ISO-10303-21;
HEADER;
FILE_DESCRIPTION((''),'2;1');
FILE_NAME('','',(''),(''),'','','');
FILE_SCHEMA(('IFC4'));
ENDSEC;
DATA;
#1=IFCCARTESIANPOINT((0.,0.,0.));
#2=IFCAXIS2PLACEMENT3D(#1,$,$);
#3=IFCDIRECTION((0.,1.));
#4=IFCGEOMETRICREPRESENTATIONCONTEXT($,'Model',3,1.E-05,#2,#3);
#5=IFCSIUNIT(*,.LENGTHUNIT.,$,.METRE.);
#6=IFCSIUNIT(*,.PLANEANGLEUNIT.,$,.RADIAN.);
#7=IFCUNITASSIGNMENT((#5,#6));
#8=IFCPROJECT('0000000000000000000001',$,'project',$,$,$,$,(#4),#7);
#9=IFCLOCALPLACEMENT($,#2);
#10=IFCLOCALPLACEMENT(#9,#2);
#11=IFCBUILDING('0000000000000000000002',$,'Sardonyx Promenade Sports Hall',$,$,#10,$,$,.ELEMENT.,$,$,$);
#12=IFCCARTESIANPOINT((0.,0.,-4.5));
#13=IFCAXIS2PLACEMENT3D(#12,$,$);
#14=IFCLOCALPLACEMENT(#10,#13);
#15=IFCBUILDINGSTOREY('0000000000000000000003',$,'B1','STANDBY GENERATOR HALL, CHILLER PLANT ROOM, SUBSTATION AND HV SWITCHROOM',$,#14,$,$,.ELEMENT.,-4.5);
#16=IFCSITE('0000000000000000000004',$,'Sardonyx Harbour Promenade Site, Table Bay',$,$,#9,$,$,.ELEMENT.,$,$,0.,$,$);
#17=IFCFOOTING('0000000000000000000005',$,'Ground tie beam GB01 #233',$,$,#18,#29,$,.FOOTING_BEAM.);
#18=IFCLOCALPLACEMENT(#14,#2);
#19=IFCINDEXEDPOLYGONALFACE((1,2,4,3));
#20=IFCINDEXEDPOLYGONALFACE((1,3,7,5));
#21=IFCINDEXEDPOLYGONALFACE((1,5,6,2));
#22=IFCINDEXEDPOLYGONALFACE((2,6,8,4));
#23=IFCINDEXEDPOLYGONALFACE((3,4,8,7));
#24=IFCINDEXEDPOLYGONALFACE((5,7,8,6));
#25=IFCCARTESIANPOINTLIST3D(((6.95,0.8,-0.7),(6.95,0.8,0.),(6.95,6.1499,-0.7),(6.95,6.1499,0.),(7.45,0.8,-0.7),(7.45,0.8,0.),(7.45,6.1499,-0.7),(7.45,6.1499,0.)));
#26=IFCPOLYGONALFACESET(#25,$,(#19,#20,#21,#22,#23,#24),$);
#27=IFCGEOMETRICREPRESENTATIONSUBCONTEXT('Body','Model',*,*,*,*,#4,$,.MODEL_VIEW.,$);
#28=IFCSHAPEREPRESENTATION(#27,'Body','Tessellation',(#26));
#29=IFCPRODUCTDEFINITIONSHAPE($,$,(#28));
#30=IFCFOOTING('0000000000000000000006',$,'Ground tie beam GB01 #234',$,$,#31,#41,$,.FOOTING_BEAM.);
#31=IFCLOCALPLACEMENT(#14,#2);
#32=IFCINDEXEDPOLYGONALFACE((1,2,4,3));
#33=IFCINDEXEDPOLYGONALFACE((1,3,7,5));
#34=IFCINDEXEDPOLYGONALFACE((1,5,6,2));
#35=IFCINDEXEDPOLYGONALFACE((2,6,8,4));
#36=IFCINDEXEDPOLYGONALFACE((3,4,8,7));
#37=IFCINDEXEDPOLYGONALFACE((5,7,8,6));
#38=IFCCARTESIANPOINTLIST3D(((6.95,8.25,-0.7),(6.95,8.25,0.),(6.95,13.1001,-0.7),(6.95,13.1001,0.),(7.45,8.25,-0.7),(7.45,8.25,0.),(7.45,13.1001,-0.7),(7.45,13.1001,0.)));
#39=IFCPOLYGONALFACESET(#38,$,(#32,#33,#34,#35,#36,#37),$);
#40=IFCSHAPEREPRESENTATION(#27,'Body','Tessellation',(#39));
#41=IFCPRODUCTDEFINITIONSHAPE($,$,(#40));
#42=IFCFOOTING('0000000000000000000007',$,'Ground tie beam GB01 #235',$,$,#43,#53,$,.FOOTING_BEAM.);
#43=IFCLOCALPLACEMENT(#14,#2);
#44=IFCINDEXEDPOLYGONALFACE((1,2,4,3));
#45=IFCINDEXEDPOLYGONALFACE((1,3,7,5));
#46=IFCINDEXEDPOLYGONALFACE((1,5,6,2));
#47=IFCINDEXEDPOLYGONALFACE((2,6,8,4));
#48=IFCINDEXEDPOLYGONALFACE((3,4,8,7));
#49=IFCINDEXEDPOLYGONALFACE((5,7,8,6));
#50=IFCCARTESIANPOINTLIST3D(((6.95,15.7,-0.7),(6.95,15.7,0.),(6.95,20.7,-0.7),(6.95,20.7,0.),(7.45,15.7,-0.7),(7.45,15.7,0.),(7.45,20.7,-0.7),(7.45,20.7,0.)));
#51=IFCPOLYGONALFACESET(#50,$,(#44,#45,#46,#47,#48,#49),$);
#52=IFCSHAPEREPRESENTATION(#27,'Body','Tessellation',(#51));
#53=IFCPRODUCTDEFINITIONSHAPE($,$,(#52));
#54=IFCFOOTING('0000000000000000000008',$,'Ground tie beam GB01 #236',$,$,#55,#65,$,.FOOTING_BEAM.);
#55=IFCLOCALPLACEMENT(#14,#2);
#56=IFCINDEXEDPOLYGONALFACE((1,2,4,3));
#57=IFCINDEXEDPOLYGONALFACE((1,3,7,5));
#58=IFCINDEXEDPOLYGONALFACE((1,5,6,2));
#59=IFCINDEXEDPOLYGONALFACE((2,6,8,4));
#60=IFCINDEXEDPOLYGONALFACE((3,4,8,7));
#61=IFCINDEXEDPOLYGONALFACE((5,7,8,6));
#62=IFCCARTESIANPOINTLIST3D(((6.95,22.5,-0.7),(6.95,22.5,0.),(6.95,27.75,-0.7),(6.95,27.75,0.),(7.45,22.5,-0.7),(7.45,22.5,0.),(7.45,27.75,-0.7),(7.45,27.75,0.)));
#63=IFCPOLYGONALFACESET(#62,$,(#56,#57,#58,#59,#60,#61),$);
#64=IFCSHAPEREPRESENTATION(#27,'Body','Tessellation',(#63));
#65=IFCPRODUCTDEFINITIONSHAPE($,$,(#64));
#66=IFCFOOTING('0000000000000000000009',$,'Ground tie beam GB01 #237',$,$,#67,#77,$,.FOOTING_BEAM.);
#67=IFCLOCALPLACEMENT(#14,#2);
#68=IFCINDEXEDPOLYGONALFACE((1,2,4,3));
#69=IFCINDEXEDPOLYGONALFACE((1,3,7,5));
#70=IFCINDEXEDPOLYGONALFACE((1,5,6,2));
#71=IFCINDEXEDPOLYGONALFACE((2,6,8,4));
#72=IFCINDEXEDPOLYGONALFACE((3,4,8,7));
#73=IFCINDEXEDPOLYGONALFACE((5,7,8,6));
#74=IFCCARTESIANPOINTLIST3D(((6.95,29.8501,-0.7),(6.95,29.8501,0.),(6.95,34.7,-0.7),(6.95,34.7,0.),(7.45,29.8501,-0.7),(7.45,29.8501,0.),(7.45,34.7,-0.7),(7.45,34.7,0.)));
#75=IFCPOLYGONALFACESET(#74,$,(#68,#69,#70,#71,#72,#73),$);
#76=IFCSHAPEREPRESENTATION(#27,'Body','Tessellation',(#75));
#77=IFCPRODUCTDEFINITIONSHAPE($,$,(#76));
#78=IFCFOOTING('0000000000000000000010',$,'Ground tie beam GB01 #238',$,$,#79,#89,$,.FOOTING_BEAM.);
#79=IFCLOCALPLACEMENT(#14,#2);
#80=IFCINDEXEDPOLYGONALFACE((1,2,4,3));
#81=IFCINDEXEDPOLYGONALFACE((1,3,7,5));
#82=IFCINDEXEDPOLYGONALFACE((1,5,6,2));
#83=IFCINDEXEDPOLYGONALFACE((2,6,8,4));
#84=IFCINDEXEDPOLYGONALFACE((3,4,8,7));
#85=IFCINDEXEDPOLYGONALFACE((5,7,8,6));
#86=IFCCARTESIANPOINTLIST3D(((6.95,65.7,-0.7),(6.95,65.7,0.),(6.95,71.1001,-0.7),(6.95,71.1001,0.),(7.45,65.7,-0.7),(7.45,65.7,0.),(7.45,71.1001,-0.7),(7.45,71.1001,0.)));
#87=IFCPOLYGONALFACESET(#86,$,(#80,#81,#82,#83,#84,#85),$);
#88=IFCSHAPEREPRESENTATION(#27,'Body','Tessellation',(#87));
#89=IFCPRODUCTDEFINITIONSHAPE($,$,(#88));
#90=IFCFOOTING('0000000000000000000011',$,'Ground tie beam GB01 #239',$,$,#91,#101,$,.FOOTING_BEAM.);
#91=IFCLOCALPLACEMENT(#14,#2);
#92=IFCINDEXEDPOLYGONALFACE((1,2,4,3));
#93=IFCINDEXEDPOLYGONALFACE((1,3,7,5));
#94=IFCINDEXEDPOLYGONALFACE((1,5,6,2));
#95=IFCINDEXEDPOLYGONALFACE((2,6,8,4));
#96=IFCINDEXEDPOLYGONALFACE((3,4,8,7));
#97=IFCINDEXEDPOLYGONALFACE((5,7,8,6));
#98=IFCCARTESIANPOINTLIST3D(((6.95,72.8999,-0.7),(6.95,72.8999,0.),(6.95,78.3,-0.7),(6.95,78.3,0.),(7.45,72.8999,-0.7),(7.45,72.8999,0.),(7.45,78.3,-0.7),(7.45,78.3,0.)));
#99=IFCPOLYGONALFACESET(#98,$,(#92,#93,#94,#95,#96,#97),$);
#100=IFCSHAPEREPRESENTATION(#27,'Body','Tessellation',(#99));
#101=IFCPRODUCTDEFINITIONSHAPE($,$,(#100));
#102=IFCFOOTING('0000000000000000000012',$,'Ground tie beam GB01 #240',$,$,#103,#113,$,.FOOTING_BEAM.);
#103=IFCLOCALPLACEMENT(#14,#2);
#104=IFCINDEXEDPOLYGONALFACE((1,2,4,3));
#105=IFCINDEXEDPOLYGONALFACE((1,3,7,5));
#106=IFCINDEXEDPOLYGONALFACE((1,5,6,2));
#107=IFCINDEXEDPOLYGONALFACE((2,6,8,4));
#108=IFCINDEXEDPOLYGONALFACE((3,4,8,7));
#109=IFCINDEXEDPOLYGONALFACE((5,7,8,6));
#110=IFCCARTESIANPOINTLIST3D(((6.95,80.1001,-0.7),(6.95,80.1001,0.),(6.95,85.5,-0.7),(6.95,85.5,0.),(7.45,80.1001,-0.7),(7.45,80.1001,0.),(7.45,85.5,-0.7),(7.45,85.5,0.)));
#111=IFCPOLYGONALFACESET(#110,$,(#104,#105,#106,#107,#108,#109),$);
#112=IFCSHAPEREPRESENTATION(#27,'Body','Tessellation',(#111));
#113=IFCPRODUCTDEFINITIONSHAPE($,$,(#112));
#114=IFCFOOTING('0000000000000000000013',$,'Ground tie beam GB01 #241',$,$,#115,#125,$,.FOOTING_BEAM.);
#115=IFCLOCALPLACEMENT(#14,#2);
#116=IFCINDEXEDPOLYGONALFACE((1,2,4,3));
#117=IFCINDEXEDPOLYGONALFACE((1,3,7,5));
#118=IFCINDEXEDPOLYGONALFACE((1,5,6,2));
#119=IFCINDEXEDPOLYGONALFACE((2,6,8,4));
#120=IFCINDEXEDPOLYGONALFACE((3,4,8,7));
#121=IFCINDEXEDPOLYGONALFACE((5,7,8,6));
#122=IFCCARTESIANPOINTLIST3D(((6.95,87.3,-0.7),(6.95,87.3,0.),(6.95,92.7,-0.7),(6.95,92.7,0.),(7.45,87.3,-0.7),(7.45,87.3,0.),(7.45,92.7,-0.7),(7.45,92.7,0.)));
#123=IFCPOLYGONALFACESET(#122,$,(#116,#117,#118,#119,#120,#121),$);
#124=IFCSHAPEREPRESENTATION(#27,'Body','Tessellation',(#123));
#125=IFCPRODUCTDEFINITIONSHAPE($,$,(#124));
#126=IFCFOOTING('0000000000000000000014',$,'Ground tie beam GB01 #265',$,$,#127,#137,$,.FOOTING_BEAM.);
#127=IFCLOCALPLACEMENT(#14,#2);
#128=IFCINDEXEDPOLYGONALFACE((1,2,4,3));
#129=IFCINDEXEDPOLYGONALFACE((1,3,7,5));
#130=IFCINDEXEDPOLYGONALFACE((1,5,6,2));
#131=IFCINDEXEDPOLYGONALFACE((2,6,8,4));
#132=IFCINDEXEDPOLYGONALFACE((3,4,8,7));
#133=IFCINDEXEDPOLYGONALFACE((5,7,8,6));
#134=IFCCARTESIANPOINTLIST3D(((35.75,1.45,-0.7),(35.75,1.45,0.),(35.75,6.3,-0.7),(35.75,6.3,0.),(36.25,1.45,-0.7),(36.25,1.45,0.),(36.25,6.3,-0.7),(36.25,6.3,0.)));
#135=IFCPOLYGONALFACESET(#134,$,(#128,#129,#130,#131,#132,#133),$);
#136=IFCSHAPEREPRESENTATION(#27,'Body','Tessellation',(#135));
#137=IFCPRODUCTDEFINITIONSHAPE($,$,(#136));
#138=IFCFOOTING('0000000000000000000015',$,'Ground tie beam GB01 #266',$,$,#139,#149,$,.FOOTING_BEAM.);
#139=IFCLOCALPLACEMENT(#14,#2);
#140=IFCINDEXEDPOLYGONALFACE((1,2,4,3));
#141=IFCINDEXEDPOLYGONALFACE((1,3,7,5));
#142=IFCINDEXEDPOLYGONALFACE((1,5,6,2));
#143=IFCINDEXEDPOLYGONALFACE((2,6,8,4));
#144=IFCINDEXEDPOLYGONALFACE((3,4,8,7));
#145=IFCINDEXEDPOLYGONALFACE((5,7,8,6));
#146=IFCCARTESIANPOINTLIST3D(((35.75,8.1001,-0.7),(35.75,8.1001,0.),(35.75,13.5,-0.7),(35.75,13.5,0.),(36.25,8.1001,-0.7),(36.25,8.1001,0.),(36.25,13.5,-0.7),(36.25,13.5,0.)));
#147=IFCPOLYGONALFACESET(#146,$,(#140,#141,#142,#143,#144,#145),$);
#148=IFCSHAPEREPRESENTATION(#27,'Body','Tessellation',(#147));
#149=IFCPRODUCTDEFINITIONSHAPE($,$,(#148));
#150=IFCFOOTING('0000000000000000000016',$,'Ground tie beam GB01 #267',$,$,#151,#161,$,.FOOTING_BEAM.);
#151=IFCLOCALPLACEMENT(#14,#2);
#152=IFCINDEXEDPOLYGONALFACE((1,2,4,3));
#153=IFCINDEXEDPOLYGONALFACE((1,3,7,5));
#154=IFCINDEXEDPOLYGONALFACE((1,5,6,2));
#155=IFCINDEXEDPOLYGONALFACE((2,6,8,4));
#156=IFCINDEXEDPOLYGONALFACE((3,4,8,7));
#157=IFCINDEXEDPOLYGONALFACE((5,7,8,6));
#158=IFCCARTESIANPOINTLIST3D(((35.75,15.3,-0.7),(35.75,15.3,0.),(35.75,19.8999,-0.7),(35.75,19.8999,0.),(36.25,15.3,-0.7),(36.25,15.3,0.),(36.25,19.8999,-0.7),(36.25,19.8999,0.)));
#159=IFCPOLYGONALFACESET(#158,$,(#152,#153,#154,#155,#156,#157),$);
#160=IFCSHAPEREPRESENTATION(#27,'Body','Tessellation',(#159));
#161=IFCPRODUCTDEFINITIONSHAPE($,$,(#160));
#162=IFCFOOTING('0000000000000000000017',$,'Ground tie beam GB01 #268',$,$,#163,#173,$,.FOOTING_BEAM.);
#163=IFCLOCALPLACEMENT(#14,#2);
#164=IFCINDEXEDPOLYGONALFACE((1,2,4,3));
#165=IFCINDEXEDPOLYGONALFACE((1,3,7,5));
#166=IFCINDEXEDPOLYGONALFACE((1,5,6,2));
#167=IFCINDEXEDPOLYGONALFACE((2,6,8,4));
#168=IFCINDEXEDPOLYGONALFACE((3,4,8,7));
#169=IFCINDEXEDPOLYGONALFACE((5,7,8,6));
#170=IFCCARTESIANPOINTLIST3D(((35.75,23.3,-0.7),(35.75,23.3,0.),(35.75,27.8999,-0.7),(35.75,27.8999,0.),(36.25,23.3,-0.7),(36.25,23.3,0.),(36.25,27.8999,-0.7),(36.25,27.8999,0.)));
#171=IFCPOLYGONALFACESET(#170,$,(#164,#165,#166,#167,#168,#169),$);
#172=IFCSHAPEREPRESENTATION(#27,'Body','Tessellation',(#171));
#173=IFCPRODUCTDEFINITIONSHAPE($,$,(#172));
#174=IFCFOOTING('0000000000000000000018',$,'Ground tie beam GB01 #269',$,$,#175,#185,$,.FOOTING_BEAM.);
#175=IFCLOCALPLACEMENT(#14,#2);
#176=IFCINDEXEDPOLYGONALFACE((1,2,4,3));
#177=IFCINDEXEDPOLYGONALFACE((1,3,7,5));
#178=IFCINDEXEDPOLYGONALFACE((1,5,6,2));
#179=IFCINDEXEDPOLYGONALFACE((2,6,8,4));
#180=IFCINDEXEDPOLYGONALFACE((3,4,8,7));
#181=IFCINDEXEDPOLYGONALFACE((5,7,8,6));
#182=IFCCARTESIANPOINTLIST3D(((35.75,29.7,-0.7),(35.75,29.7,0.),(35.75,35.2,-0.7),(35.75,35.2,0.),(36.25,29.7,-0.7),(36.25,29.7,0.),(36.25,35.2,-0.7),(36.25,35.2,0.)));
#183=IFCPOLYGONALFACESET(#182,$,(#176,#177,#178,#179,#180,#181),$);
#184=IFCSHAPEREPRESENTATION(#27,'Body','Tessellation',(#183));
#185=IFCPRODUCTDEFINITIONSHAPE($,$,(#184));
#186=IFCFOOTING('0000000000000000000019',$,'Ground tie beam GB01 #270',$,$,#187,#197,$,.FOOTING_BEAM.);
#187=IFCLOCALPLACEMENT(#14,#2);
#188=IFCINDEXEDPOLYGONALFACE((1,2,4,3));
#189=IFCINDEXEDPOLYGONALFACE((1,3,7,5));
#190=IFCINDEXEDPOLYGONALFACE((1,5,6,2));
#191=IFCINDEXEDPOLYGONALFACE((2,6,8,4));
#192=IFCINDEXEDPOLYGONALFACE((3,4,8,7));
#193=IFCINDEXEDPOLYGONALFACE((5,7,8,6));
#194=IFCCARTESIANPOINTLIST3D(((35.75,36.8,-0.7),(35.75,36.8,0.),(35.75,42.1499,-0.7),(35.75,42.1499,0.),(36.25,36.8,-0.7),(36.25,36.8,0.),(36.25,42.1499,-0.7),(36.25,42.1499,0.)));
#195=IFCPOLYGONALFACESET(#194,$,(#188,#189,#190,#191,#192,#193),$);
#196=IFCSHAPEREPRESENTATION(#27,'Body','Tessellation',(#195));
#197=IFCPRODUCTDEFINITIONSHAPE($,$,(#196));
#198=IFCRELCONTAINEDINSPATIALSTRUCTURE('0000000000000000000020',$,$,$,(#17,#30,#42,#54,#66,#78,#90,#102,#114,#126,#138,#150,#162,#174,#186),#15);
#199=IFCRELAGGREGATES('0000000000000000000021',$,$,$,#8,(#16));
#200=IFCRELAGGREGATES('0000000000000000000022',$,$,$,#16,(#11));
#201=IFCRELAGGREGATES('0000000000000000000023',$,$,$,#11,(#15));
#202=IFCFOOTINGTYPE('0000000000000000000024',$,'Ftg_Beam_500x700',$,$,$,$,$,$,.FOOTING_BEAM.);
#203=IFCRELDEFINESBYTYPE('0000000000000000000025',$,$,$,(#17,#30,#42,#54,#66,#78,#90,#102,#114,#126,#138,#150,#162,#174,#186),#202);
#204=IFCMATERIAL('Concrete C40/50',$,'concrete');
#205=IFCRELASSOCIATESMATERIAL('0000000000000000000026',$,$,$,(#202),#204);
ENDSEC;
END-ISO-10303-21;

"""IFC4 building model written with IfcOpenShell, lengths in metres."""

from ifc_helpers import new_model, si_unit, direction, frame, origin, place, context, subcontext, project, spatial, polyline, outline, extrude, material, type_object, element, save


model = new_model("IFC4")

# Units and contexts
model_context = context("Model", 3, precision=1e-05, world=origin(), true_north=direction((0.0, 1.0)))
body_context = subcontext(model_context, "Body", "Model", "MODEL_VIEW")
ifc_project = project(units=[si_unit("LENGTHUNIT", "METRE"), si_unit("PLANEANGLEUNIT", "RADIAN")], contexts=[model_context])

# Site, building, storey
site_placement = place(None, origin())
site = spatial("IfcSite", under=ifc_project, at=site_placement, Name="Sardonyx Harbour Promenade Site, Table Bay", CompositionType="ELEMENT", RefElevation=0.0)
building_placement = place(site_placement, origin())
building = spatial("IfcBuilding", under=site, at=building_placement, Name="Sardonyx Promenade Sports Hall", CompositionType="ELEMENT")
storey_placement = place(building_placement, frame((0.0, 0.0, -4.5)))
storey = spatial("IfcBuildingStorey", under=building, at=storey_placement, Name="B1", Description="STANDBY GENERATOR HALL, CHILLER PLANT ROOM, SUBSTATION AND HV SWITCHROOM", CompositionType="ELEMENT", Elevation=-4.5)

# Footings
ifc_material_1 = material(Name="Concrete C40/50", Category="concrete")
footing_type_1 = type_object("IfcFootingType", Name="Ftg_Beam_500x700", PredefinedType="FOOTING_BEAM", material=ifc_material_1)
footing_1_placement = place(storey_placement, frame((0.0, 0.0, -0.7)))
element("IfcFooting", 1, at=footing_1_placement, inside=storey, type_object=footing_type_1, Name="Ground tie beam GB01 #233", PredefinedType="FOOTING_BEAM", context=body_context, shape_type="SweptSolid", body=[
    extrude(outline(polyline([(6.95, 0.8), (7.45, 0.8), (7.45, 6.1499), (6.95, 6.1499), (6.95, 0.8)])), origin(), (0.0, 0.0, 1.0), 0.7),
])
footing_2_placement = place(storey_placement, frame((0.0, 0.0, -0.7)))
element("IfcFooting", 2, at=footing_2_placement, inside=storey, type_object=footing_type_1, Name="Ground tie beam GB01 #234", PredefinedType="FOOTING_BEAM", context=body_context, shape_type="SweptSolid", body=[
    extrude(outline(polyline([(6.95, 8.25), (7.45, 8.25), (7.45, 13.1001), (6.95, 13.1001), (6.95, 8.25)])), origin(), (0.0, 0.0, 1.0), 0.7),
])
footing_3_placement = place(storey_placement, frame((0.0, 0.0, -0.7)))
element("IfcFooting", 3, at=footing_3_placement, inside=storey, type_object=footing_type_1, Name="Ground tie beam GB01 #235", PredefinedType="FOOTING_BEAM", context=body_context, shape_type="SweptSolid", body=[
    extrude(outline(polyline([(6.95, 15.7), (7.45, 15.7), (7.45, 20.7), (6.95, 20.7), (6.95, 15.7)])), origin(), (0.0, 0.0, 1.0), 0.7),
])
footing_4_placement = place(storey_placement, frame((0.0, 0.0, -0.7)))
element("IfcFooting", 4, at=footing_4_placement, inside=storey, type_object=footing_type_1, Name="Ground tie beam GB01 #236", PredefinedType="FOOTING_BEAM", context=body_context, shape_type="SweptSolid", body=[
    extrude(outline(polyline([(6.95, 22.5), (7.45, 22.5), (7.45, 27.75), (6.95, 27.75), (6.95, 22.5)])), origin(), (0.0, 0.0, 1.0), 0.7),
])
footing_5_placement = place(storey_placement, frame((0.0, 0.0, -0.7)))
element("IfcFooting", 5, at=footing_5_placement, inside=storey, type_object=footing_type_1, Name="Ground tie beam GB01 #237", PredefinedType="FOOTING_BEAM", context=body_context, shape_type="SweptSolid", body=[
    extrude(outline(polyline([(6.95, 29.8501), (7.45, 29.8501), (7.45, 34.7), (6.95, 34.7), (6.95, 29.8501)])), origin(), (0.0, 0.0, 1.0), 0.7),
])
footing_6_placement = place(storey_placement, frame((0.0, 0.0, -0.7)))
element("IfcFooting", 6, at=footing_6_placement, inside=storey, type_object=footing_type_1, Name="Ground tie beam GB01 #238", PredefinedType="FOOTING_BEAM", context=body_context, shape_type="SweptSolid", body=[
    extrude(outline(polyline([(6.95, 65.7), (7.45, 65.7), (7.45, 71.1001), (6.95, 71.1001), (6.95, 65.7)])), origin(), (0.0, 0.0, 1.0), 0.7),
])
footing_7_placement = place(storey_placement, frame((0.0, 0.0, -0.7)))
element("IfcFooting", 7, at=footing_7_placement, inside=storey, type_object=footing_type_1, Name="Ground tie beam GB01 #239", PredefinedType="FOOTING_BEAM", context=body_context, shape_type="SweptSolid", body=[
    extrude(outline(polyline([(6.95, 72.8999), (7.45, 72.8999), (7.45, 78.3), (6.95, 78.3), (6.95, 72.8999)])), origin(), (0.0, 0.0, 1.0), 0.7),
])
footing_8_placement = place(storey_placement, frame((0.0, 0.0, -0.7)))
element("IfcFooting", 8, at=footing_8_placement, inside=storey, type_object=footing_type_1, Name="Ground tie beam GB01 #240", PredefinedType="FOOTING_BEAM", context=body_context, shape_type="SweptSolid", body=[
    extrude(outline(polyline([(6.95, 80.1001), (7.45, 80.1001), (7.45, 85.5), (6.95, 85.5), (6.95, 80.1001)])), origin(), (0.0, 0.0, 1.0), 0.7),
])
footing_9_placement = place(storey_placement, frame((0.0, 0.0, -0.7)))
element("IfcFooting", 9, at=footing_9_placement, inside=storey, type_object=footing_type_1, Name="Ground tie beam GB01 #241", PredefinedType="FOOTING_BEAM", context=body_context, shape_type="SweptSolid", body=[
    extrude(outline(polyline([(6.95, 87.3), (7.45, 87.3), (7.45, 92.7), (6.95, 92.7), (6.95, 87.3)])), origin(), (0.0, 0.0, 1.0), 0.7),
])
footing_10_placement = place(storey_placement, frame((0.0, 0.0, -0.7)))
element("IfcFooting", 10, at=footing_10_placement, inside=storey, type_object=footing_type_1, Name="Ground tie beam GB01 #265", PredefinedType="FOOTING_BEAM", context=body_context, shape_type="SweptSolid", body=[
    extrude(outline(polyline([(35.75, 1.45), (36.25, 1.45), (36.25, 6.3), (35.75, 6.3), (35.75, 1.45)])), origin(), (0.0, 0.0, 1.0), 0.7),
])
footing_11_placement = place(storey_placement, frame((0.0, 0.0, -0.7)))
element("IfcFooting", 11, at=footing_11_placement, inside=storey, type_object=footing_type_1, Name="Ground tie beam GB01 #266", PredefinedType="FOOTING_BEAM", context=body_context, shape_type="SweptSolid", body=[
    extrude(outline(polyline([(35.75, 8.1001), (36.25, 8.1001), (36.25, 13.5), (35.75, 13.5), (35.75, 8.1001)])), origin(), (0.0, 0.0, 1.0), 0.7),
])
footing_12_placement = place(storey_placement, frame((0.0, 0.0, -0.7)))
element("IfcFooting", 12, at=footing_12_placement, inside=storey, type_object=footing_type_1, Name="Ground tie beam GB01 #267", PredefinedType="FOOTING_BEAM", context=body_context, shape_type="SweptSolid", body=[
    extrude(outline(polyline([(35.75, 15.3), (36.25, 15.3), (36.25, 19.8999), (35.75, 19.8999), (35.75, 15.3)])), origin(), (0.0, 0.0, 1.0), 0.7),
])
footing_13_placement = place(storey_placement, frame((0.0, 0.0, -0.7)))
element("IfcFooting", 13, at=footing_13_placement, inside=storey, type_object=footing_type_1, Name="Ground tie beam GB01 #268", PredefinedType="FOOTING_BEAM", context=body_context, shape_type="SweptSolid", body=[
    extrude(outline(polyline([(35.75, 23.3), (36.25, 23.3), (36.25, 27.8999), (35.75, 27.8999), (35.75, 23.3)])), origin(), (0.0, 0.0, 1.0), 0.7),
])
footing_14_placement = place(storey_placement, frame((0.0, 0.0, -0.7)))
element("IfcFooting", 14, at=footing_14_placement, inside=storey, type_object=footing_type_1, Name="Ground tie beam GB01 #269", PredefinedType="FOOTING_BEAM", context=body_context, shape_type="SweptSolid", body=[
    extrude(outline(polyline([(35.75, 29.7), (36.25, 29.7), (36.25, 35.2), (35.75, 35.2), (35.75, 29.7)])), origin(), (0.0, 0.0, 1.0), 0.7),
])
footing_15_placement = place(storey_placement, frame((0.0, 0.0, -0.7)))
element("IfcFooting", 15, at=footing_15_placement, inside=storey, type_object=footing_type_1, Name="Ground tie beam GB01 #270", PredefinedType="FOOTING_BEAM", context=body_context, shape_type="SweptSolid", body=[
    extrude(outline(polyline([(35.75, 36.8), (36.25, 36.8), (36.25, 42.1499), (35.75, 42.1499), (35.75, 36.8)])), origin(), (0.0, 0.0, 1.0), 0.7),
])

save(model, "model.ifc")
